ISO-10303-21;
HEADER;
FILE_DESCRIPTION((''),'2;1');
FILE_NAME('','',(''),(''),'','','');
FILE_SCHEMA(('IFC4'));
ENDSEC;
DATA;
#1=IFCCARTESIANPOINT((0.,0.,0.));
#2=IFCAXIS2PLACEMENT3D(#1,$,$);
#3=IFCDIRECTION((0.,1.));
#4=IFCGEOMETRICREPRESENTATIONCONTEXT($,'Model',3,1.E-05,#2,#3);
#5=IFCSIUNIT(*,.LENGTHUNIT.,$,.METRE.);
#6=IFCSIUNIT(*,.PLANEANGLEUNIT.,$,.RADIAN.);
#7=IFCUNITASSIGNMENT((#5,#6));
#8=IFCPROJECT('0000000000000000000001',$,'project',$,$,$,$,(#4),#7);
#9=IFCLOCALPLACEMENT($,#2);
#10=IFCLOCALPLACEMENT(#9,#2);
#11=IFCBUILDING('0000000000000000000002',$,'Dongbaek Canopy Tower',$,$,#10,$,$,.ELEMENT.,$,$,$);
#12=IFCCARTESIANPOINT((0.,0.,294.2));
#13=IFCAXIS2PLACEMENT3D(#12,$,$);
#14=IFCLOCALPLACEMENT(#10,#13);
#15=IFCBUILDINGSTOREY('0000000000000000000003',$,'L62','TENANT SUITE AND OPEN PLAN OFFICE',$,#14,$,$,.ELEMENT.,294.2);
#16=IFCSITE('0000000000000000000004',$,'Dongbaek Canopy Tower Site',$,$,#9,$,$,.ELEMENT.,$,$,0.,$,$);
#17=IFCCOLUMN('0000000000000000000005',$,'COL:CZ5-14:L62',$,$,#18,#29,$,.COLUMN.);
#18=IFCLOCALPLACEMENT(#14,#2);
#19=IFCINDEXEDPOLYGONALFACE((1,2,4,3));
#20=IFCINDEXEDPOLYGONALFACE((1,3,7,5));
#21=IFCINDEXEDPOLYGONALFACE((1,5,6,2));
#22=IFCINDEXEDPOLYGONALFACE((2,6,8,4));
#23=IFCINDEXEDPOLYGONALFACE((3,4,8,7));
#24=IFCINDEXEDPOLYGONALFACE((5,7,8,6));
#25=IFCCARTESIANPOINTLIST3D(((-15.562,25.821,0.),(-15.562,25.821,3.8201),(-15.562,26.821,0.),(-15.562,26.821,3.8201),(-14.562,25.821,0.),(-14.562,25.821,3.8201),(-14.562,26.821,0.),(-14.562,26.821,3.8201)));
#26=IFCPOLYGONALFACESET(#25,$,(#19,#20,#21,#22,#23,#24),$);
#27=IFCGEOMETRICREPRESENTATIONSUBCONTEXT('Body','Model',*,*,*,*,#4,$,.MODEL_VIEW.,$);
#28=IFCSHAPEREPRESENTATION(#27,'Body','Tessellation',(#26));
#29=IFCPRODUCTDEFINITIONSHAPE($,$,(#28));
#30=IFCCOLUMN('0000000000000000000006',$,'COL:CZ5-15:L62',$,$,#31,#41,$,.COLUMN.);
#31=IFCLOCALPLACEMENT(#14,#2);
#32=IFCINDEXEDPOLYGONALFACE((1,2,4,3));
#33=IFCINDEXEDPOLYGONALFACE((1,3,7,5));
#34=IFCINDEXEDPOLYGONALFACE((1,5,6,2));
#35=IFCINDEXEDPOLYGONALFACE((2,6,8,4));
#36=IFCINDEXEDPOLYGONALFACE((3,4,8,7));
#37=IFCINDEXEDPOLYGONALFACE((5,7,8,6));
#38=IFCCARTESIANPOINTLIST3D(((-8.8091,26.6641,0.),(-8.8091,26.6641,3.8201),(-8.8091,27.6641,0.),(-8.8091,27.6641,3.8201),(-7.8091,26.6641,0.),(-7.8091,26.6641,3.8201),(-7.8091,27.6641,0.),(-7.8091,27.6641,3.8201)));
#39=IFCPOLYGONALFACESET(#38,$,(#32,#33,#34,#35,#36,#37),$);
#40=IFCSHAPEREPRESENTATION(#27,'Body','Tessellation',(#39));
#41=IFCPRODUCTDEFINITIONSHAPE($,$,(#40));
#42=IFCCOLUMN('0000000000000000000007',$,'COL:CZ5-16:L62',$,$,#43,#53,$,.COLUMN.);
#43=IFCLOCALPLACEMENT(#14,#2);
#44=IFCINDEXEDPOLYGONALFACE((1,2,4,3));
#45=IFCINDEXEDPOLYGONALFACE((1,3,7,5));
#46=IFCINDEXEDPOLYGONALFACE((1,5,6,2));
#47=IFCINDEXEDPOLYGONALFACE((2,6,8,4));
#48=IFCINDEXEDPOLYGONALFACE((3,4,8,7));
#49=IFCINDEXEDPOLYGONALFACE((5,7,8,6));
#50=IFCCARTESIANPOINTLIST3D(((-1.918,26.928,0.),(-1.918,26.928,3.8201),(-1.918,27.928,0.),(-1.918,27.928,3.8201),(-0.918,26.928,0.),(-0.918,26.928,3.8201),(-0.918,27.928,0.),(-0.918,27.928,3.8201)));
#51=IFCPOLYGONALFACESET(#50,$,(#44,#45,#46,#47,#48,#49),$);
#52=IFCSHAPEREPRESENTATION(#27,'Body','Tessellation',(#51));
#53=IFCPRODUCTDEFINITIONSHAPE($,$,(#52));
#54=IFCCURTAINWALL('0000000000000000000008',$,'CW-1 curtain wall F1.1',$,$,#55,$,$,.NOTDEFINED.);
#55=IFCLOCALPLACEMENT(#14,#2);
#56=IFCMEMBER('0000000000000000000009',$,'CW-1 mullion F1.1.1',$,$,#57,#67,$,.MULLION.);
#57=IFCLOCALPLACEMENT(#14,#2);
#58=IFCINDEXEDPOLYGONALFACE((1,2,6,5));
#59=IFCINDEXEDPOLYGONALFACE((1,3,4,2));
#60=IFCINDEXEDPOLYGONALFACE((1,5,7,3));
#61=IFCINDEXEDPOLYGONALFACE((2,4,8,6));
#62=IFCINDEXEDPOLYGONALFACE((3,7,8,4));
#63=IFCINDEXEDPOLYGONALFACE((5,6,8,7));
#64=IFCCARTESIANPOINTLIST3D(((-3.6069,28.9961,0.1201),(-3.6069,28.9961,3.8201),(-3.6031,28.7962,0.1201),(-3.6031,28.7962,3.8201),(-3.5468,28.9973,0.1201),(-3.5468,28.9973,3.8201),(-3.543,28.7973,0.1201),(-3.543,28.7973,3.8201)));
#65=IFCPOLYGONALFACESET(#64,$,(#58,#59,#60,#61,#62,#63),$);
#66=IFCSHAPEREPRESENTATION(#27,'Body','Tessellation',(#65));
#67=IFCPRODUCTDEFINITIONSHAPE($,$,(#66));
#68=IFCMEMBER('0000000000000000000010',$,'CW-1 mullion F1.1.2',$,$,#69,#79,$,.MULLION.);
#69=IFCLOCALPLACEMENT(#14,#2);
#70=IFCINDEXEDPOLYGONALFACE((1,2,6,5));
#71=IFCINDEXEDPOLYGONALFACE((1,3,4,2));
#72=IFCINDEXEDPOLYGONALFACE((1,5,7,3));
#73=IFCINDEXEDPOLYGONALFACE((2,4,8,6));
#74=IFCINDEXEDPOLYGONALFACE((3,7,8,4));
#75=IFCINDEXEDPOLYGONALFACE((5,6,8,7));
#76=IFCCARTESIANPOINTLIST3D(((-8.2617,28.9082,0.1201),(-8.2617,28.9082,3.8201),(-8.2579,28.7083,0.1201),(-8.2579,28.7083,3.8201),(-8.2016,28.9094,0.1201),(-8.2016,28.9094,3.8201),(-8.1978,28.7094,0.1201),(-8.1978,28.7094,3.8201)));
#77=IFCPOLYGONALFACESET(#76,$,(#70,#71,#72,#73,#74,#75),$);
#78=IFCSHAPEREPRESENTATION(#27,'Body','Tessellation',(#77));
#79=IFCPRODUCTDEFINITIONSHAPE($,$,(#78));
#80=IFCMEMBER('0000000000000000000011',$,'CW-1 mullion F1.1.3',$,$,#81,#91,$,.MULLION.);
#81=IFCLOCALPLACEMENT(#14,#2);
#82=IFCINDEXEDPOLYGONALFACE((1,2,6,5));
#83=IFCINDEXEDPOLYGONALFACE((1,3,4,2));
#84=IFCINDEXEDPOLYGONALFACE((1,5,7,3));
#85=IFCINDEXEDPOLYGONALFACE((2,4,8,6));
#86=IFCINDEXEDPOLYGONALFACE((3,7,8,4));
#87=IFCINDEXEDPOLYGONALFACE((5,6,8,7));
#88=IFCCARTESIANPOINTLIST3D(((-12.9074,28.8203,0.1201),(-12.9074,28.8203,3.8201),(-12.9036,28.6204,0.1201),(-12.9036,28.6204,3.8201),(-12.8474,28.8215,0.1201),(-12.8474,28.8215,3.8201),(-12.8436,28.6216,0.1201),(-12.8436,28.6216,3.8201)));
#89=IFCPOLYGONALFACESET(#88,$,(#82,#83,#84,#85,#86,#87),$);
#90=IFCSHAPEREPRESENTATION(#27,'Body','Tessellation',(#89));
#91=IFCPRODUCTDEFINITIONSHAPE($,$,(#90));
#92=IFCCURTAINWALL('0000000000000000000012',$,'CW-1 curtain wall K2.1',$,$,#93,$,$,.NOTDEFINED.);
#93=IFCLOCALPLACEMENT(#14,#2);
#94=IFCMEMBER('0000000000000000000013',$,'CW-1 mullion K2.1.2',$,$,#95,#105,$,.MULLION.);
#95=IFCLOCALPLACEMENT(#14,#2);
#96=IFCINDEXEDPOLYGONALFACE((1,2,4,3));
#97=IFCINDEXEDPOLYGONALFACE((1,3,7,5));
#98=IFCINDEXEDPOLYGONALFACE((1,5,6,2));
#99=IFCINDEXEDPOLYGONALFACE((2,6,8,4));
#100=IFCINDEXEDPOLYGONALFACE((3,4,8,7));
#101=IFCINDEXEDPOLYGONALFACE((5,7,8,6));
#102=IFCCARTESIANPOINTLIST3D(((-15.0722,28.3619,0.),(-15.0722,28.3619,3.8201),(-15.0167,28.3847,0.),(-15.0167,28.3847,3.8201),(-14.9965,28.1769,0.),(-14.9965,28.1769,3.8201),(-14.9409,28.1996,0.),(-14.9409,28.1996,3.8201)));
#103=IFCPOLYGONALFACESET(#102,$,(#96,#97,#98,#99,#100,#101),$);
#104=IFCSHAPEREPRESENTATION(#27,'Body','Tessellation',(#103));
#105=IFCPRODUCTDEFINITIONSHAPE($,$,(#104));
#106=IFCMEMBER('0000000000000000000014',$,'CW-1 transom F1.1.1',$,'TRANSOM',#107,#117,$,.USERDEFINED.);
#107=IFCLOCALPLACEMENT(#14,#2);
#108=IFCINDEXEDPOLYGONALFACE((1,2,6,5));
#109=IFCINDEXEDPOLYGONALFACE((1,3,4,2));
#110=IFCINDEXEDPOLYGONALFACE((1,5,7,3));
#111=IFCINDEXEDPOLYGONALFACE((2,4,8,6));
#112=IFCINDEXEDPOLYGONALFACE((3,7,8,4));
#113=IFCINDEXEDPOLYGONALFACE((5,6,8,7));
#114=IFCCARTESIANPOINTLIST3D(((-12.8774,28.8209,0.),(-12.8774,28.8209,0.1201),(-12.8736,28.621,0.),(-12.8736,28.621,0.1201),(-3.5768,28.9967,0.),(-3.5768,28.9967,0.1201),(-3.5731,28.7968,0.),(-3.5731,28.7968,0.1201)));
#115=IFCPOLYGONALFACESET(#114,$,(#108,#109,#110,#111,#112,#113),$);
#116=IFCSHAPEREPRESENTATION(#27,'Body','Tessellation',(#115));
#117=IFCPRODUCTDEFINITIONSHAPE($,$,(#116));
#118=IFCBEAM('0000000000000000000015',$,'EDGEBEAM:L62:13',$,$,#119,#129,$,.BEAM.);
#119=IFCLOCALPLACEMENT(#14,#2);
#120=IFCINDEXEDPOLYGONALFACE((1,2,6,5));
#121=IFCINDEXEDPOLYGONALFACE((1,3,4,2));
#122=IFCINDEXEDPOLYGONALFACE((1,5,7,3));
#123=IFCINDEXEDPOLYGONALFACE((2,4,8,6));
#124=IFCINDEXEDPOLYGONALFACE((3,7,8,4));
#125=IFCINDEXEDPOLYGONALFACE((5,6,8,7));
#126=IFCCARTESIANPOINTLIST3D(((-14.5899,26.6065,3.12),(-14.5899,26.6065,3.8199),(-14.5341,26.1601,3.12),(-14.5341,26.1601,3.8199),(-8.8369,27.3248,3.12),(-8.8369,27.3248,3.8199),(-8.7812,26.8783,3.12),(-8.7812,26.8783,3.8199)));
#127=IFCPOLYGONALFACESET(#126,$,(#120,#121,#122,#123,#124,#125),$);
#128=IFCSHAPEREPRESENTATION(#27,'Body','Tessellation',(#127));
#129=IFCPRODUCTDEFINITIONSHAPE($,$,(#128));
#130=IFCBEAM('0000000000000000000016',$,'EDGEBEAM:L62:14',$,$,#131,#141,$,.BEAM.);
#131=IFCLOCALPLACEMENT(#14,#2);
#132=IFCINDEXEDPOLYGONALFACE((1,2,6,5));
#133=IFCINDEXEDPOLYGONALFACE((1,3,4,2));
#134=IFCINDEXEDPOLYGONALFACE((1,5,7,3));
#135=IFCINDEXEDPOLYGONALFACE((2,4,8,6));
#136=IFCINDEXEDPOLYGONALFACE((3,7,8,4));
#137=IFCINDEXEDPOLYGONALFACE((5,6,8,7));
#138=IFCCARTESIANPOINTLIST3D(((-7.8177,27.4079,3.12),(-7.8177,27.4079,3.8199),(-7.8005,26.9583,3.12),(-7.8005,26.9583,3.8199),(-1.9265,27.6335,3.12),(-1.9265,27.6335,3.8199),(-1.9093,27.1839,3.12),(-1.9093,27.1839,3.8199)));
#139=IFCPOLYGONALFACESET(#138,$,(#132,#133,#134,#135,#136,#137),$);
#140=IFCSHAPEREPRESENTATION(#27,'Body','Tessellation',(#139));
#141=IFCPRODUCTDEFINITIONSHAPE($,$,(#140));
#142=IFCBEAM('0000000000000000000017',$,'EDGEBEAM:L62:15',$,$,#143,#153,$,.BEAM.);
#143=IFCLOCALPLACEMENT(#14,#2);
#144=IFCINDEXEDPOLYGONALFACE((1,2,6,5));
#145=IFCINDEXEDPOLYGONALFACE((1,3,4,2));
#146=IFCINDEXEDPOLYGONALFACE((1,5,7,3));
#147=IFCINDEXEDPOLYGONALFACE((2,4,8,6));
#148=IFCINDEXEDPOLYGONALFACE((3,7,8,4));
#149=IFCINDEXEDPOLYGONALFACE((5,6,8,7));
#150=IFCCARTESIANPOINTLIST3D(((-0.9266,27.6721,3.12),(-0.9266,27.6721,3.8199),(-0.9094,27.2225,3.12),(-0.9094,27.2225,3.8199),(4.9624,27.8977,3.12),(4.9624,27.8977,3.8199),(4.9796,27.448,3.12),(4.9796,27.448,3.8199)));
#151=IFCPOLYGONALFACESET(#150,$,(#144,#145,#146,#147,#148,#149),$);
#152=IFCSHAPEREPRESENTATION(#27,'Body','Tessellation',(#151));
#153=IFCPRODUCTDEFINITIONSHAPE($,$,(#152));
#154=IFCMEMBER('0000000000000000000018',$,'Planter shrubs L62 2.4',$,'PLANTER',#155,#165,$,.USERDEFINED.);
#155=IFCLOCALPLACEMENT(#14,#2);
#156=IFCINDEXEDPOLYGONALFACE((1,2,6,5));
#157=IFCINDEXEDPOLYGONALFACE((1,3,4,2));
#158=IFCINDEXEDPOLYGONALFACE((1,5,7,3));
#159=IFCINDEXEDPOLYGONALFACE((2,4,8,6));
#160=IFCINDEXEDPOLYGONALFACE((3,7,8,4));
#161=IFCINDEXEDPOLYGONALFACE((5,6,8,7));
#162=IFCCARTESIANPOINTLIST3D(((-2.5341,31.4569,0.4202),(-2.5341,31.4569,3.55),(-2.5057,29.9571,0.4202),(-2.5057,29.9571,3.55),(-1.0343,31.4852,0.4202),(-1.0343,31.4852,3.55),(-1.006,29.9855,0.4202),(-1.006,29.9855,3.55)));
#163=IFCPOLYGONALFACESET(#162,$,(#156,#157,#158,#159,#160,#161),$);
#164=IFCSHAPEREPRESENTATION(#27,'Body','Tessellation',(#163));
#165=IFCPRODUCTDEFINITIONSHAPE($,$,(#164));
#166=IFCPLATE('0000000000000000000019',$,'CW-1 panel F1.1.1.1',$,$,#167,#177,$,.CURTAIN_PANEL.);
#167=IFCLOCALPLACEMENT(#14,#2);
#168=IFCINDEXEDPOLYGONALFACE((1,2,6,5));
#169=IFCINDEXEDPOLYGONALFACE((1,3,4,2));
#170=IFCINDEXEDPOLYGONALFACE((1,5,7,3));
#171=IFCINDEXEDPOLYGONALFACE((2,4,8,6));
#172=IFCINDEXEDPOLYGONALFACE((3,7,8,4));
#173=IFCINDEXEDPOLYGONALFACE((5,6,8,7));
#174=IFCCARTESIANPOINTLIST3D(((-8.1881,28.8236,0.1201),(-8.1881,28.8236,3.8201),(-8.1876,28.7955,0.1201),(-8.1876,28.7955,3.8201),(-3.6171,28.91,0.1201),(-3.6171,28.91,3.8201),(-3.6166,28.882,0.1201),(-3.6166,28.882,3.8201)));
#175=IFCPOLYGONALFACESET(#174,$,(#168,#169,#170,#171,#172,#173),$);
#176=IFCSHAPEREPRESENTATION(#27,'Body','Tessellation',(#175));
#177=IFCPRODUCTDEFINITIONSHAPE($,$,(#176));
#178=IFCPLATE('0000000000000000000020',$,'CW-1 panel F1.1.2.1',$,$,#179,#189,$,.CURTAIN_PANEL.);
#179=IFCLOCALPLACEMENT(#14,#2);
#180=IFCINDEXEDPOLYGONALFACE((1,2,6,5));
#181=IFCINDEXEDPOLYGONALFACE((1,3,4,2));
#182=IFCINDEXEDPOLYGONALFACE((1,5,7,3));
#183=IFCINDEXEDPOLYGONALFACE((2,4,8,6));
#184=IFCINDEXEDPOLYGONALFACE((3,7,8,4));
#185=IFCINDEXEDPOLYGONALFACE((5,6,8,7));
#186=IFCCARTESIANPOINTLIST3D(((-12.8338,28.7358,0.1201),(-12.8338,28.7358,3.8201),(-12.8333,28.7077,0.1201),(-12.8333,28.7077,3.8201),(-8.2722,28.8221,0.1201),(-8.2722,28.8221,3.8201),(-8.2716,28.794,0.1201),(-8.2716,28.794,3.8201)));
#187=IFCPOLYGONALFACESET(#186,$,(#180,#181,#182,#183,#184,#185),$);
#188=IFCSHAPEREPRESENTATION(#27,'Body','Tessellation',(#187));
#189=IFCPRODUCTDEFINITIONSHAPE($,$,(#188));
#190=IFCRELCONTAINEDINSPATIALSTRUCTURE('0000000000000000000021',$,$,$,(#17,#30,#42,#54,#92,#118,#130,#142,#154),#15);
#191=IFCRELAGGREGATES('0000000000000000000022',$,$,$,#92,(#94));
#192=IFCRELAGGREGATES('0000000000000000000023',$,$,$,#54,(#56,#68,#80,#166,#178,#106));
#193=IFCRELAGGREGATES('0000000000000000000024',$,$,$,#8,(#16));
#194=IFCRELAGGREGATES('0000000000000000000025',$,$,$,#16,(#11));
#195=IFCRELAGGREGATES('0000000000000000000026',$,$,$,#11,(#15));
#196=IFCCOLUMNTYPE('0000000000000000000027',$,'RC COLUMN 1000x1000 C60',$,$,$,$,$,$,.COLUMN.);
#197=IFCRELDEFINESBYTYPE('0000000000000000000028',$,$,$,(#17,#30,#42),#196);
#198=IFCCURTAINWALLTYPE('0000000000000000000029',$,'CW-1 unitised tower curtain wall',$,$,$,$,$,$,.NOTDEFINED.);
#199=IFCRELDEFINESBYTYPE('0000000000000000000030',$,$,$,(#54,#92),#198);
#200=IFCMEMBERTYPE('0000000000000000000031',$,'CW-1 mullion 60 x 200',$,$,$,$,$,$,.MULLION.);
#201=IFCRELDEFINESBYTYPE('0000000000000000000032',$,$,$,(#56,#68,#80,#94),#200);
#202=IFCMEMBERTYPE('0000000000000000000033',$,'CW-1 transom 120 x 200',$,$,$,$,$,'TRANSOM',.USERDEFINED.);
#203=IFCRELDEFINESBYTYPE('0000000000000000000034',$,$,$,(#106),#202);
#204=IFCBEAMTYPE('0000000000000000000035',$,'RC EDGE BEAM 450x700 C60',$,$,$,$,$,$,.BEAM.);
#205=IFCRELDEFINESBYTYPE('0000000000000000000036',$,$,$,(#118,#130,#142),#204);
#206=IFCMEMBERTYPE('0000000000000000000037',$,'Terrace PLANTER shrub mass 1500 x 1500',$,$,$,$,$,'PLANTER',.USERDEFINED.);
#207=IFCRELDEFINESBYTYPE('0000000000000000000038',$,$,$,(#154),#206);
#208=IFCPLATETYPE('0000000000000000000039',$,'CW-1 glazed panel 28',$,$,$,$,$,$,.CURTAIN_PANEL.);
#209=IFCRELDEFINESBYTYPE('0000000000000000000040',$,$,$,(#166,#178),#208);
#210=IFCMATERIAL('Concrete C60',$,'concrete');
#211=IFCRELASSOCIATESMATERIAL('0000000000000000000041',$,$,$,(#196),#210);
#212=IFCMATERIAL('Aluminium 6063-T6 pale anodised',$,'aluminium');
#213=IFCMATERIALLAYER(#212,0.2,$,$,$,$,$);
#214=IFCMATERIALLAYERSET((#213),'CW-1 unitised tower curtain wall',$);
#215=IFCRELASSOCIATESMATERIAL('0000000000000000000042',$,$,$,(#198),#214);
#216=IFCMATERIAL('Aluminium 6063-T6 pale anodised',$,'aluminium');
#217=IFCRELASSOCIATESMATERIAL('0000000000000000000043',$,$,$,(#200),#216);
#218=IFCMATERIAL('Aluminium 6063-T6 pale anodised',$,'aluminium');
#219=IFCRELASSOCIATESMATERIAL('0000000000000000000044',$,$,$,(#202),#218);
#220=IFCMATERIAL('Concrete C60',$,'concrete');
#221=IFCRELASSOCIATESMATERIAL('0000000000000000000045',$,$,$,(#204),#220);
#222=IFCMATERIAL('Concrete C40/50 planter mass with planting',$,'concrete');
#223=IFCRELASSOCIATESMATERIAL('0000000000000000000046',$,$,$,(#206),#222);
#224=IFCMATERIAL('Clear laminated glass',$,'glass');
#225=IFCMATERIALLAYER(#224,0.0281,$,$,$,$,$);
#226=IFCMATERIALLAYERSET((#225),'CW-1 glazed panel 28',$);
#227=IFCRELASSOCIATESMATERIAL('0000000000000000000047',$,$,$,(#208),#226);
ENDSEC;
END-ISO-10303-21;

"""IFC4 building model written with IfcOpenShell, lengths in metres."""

from ifc_helpers import new_model, si_unit, direction, frame, origin, origin_2d, place, context, subcontext, project, spatial, rectangle, extrude, material, layer, layer_set, material_profile, profile_set, type_object, element, aggregate, save


model = new_model("IFC4")

# Units and contexts
model_context = context("Model", 3, precision=1e-05, world=origin(), true_north=direction((0.0, 1.0)))
body_context = subcontext(model_context, "Body", "Model", "MODEL_VIEW")
ifc_project = project(units=[si_unit("LENGTHUNIT", "METRE"), si_unit("PLANEANGLEUNIT", "RADIAN")], contexts=[model_context])

# Site, building, storey
site_placement = place(None, origin())
site = spatial("IfcSite", under=ifc_project, at=site_placement, Name="Dongbaek Canopy Tower Site", CompositionType="ELEMENT", RefElevation=0.0)
building_placement = place(site_placement, origin())
building = spatial("IfcBuilding", under=site, at=building_placement, Name="Dongbaek Canopy Tower", CompositionType="ELEMENT")
storey_placement = place(building_placement, frame((0.0, 0.0, 294.2)))
storey = spatial("IfcBuildingStorey", under=building, at=storey_placement, Name="L62", Description="TENANT SUITE AND OPEN PLAN OFFICE", CompositionType="ELEMENT", Elevation=294.2)

# Columns
ifc_material_1 = material(Name="Concrete C60", Category="concrete")
ifc_material_profile_1 = material_profile(ifc_material_1, rectangle(XDim=1.0, YDim=1.0, at=origin_2d()), Name="RC COLUMN 1000x1000 C60")
ifc_profile_set_1 = profile_set([ifc_material_profile_1], Name="Concrete C60")
column_type = type_object("IfcColumnType", Name="RC COLUMN 1000x1000 C60", PredefinedType="COLUMN", material=ifc_profile_set_1)
for number, where, z_axis, x_axis, name in (
    (1, (-15.062, 26.321, 0.0), (0.0, 0.0, 1.0), (1.0, 0.0, 0.0), "COL:CZ5-14:L62"),
    (2, (-8.3091, 27.1641, 0.0), (0.0, 0.0, 1.0), (1.0, 0.0, 0.0), "COL:CZ5-15:L62"),
    (3, (-1.418, 27.428, 0.0), (0.0, 0.0, 1.0), (1.0, 0.0, 0.0), "COL:CZ5-16:L62"),
):
    element("IfcColumn", number, at=place(storey_placement, frame(where, z_axis=z_axis, x_axis=x_axis)), inside=storey, type_object=column_type, Name=name, PredefinedType="COLUMN", context=body_context, shape_type="SweptSolid", body=[
        extrude(rectangle(XDim=1.0, YDim=1.0, at=origin_2d()), origin(), (0.0, 0.0, 1.0), 3.8201),
    ])

# Curtain wall, members
ifc_material_2 = material(Name="Aluminium 6063-T6 pale anodised", Category="aluminium")
ifc_layer_1 = layer(ifc_material_2, 0.2)
ifc_layer_set_1 = layer_set([ifc_layer_1], Name="CW-1 unitised tower curtain wall")
curtain_wall_type = type_object("IfcCurtainWallType", Name="CW-1 unitised tower curtain wall", PredefinedType="NOTDEFINED", material=ifc_layer_set_1)
curtain_wall_1_placement = place(storey_placement, origin())
curtain_wall_1 = element("IfcCurtainWall", 4, at=curtain_wall_1_placement, inside=storey, type_object=curtain_wall_type, Name="CW-1 curtain wall F1.1", PredefinedType="NOTDEFINED")
ifc_material_3 = material(Name="Aluminium 6063-T6 pale anodised", Category="aluminium")
ifc_material_profile_2 = material_profile(ifc_material_3, rectangle(XDim=0.2, YDim=0.0601, at=origin_2d()), Name="CW-1 mullion 60 x 200")
ifc_profile_set_2 = profile_set([ifc_material_profile_2], Name="Aluminium 6063-T6 pale anodised")
member_type_1 = type_object("IfcMemberType", Name="CW-1 mullion 60 x 200", PredefinedType="MULLION", material=ifc_profile_set_2)
member_1_placement = place(storey_placement, frame((-3.575, 28.8967, 0.1201), z_axis=(0.0, 0.0, 1.0), x_axis=(-0.018905, 0.999821, 0.0)))
member_1 = element("IfcMember", 5, at=member_1_placement, type_object=member_type_1, Name="CW-1 mullion F1.1.1", PredefinedType="MULLION", context=body_context, shape_type="SweptSolid", body=[
    extrude(rectangle(XDim=0.2, YDim=0.0601, at=origin_2d()), origin(), (0.0, 0.0, 1.0), 3.7),
])
member_2_placement = place(storey_placement, frame((-8.2297, 28.8088, 0.1201), z_axis=(0.0, 0.0, 1.0), x_axis=(-0.018905, 0.999821, 0.0)))
member_2 = element("IfcMember", 6, at=member_2_placement, type_object=member_type_1, Name="CW-1 mullion F1.1.2", PredefinedType="MULLION", context=body_context, shape_type="SweptSolid", body=[
    extrude(rectangle(XDim=0.2, YDim=0.0601, at=origin_2d()), origin(), (0.0, 0.0, 1.0), 3.7),
])
member_3_placement = place(storey_placement, frame((-12.8755, 28.7209, 0.1201), z_axis=(0.0, 0.0, 1.0), x_axis=(-0.018905, 0.999821, 0.0)))
member_3 = element("IfcMember", 7, at=member_3_placement, type_object=member_type_1, Name="CW-1 mullion F1.1.3", PredefinedType="MULLION", context=body_context, shape_type="SweptSolid", body=[
    extrude(rectangle(XDim=0.2, YDim=0.0601, at=origin_2d()), origin(), (0.0, 0.0, 1.0), 3.7),
])

# Curtain wall, member
curtain_wall_2_placement = place(storey_placement, origin())
curtain_wall_2 = element("IfcCurtainWall", 8, at=curtain_wall_2_placement, inside=storey, type_object=curtain_wall_type, Name="CW-1 curtain wall K2.1", PredefinedType="NOTDEFINED")
member_4_placement = place(storey_placement, frame((-15.0066, 28.2808, 0.0), z_axis=(0.0, 0.0, 1.0), x_axis=(-0.378666, 0.925533, 0.0)))
member_4 = element("IfcMember", 9, at=member_4_placement, type_object=member_type_1, Name="CW-1 mullion K2.1.2", PredefinedType="MULLION", context=body_context, shape_type="SweptSolid", body=[
    extrude(rectangle(XDim=0.2, YDim=0.0601, at=origin_2d()), origin(), (0.0, 0.0, 1.0), 3.8201),
])

# Member
ifc_material_4 = material(Name="Aluminium 6063-T6 pale anodised", Category="aluminium")
ifc_material_profile_3 = material_profile(ifc_material_4, rectangle(XDim=0.2, YDim=0.1201, at=origin_2d()), Name="CW-1 transom 120 x 200")
ifc_profile_set_3 = profile_set([ifc_material_profile_3], Name="Aluminium 6063-T6 pale anodised")
member_type_2 = type_object("IfcMemberType", Name="CW-1 transom 120 x 200", ElementType="TRANSOM", PredefinedType="USERDEFINED", material=ifc_profile_set_3)
member_5_placement = place(storey_placement, frame((-3.575, 28.8967, 0.0601), z_axis=(-0.999821, -0.018897, 0.0), x_axis=(0.018897, -0.999821, 0.0)))
member_5 = element("IfcMember", 10, at=member_5_placement, type_object=member_type_2, Name="CW-1 transom F1.1.1", ObjectType="TRANSOM", PredefinedType="USERDEFINED", context=body_context, shape_type="SweptSolid", body=[
    extrude(rectangle(XDim=0.2, YDim=0.1201, at=origin_2d()), origin(), (0.0, 0.0, 1.0), 9.3022),
])

# Beams
ifc_material_5 = material(Name="Concrete C60", Category="concrete")
ifc_material_profile_4 = material_profile(ifc_material_5, rectangle(XDim=0.45, YDim=0.7, at=origin_2d()), Name="RC EDGE BEAM 450x700 C60")
ifc_profile_set_4 = profile_set([ifc_material_profile_4], Name="Concrete C60")
beam_type = type_object("IfcBeamType", Name="RC EDGE BEAM 450x700 C60", PredefinedType="BEAM", material=ifc_profile_set_4)
beam_1_placement = place(storey_placement, frame((-14.562, 26.3833, 3.47), z_axis=(0.992296, 0.12389, 0.0), x_axis=(-0.12389, 0.992296, 0.0)))
element("IfcBeam", 11, at=beam_1_placement, inside=storey, type_object=beam_type, Name="EDGEBEAM:L62:13", PredefinedType="BEAM", context=body_context, shape_type="SweptSolid", body=[
    extrude(rectangle(XDim=0.45, YDim=0.7, at=origin_2d()), origin(), (0.0, 0.0, 1.0), 5.7976),
])
beam_2_placement = place(storey_placement, frame((-7.8091, 27.1831, 3.47), z_axis=(0.999268, 0.038265, 0.0), x_axis=(-0.038265, 0.999268, 0.0)))
element("IfcBeam", 12, at=beam_2_placement, inside=storey, type_object=beam_type, Name="EDGEBEAM:L62:14", PredefinedType="BEAM", context=body_context, shape_type="SweptSolid", body=[
    extrude(rectangle(XDim=0.45, YDim=0.7, at=origin_2d()), origin(), (0.0, 0.0, 1.0), 5.8955),
])
beam_3_placement = place(storey_placement, frame((-0.918, 27.4473, 3.47), z_axis=(0.999267, 0.038279, 0.0), x_axis=(-0.038279, 0.999267, 0.0)))
element("IfcBeam", 13, at=beam_3_placement, inside=storey, type_object=beam_type, Name="EDGEBEAM:L62:15", PredefinedType="BEAM", context=body_context, shape_type="SweptSolid", body=[
    extrude(rectangle(XDim=0.45, YDim=0.7, at=origin_2d()), origin(), (0.0, 0.0, 1.0), 5.8933),
])

# Member
ifc_material_6 = material(Name="Concrete C40/50 planter mass with planting", Category="concrete")
ifc_material_profile_5 = material_profile(ifc_material_6, rectangle(XDim=1.5, YDim=1.5, at=origin_2d()), Name="Terrace PLANTER shrub mass 1500 x 1500")
ifc_profile_set_5 = profile_set([ifc_material_profile_5], Name="Concrete C40/50 planter mass with planting")
member_type_3 = type_object("IfcMemberType", Name="Terrace PLANTER shrub mass 1500 x 1500", ElementType="PLANTER", PredefinedType="USERDEFINED", material=ifc_profile_set_5)
member_6_placement = place(storey_placement, frame((-1.77, 30.7212, 0.4202), z_axis=(0.0, 0.0, 1.0), x_axis=(-0.018905, 0.999821, 0.0)))
element("IfcMember", 14, at=member_6_placement, inside=storey, type_object=member_type_3, Name="Planter shrubs L62 2.4", ObjectType="PLANTER", PredefinedType="USERDEFINED", context=body_context, shape_type="SweptSolid", body=[
    extrude(rectangle(XDim=1.5, YDim=1.5, at=origin_2d()), origin(), (0.0, 0.0, 1.0), 3.1299),
])

# Plates
ifc_material_7 = material(Name="Clear laminated glass", Category="glass")
ifc_layer_2 = layer(ifc_material_7, 0.0281)
ifc_layer_set_2 = layer_set([ifc_layer_2], Name="CW-1 glazed panel 28")
plate_type = type_object("IfcPlateType", Name="CW-1 glazed panel 28", PredefinedType="CURTAIN_PANEL", material=ifc_layer_set_2)
plate_1_placement = place(storey_placement, frame((-5.9023, 28.8528, 0.1201), z_axis=(0.0, 0.0, 1.0), x_axis=(-0.999821, -0.018905, 0.0)))
plate_1 = element("IfcPlate", 15, at=plate_1_placement, type_object=plate_type, Name="CW-1 panel F1.1.1.1", PredefinedType="CURTAIN_PANEL", context=body_context, shape_type="SweptSolid", body=[
    extrude(rectangle(XDim=4.5718, YDim=0.0281, at=origin_2d()), origin(), (0.0, 0.0, 1.0), 3.7),
])
plate_2_placement = place(storey_placement, frame((-10.5527, 28.7649, 0.1201), z_axis=(0.0, 0.0, 1.0), x_axis=(-0.999821, -0.018905, 0.0)))
plate_2 = element("IfcPlate", 16, at=plate_2_placement, type_object=plate_type, Name="CW-1 panel F1.1.2.1", PredefinedType="CURTAIN_PANEL", context=body_context, shape_type="SweptSolid", body=[
    extrude(rectangle(XDim=4.5625, YDim=0.0281, at=origin_2d()), origin(), (0.0, 0.0, 1.0), 3.7),
])

aggregate(curtain_wall_2, [member_4])
aggregate(curtain_wall_1, [member_1, member_2, member_3, plate_1, plate_2, member_5])

save(model, "model.ifc")
